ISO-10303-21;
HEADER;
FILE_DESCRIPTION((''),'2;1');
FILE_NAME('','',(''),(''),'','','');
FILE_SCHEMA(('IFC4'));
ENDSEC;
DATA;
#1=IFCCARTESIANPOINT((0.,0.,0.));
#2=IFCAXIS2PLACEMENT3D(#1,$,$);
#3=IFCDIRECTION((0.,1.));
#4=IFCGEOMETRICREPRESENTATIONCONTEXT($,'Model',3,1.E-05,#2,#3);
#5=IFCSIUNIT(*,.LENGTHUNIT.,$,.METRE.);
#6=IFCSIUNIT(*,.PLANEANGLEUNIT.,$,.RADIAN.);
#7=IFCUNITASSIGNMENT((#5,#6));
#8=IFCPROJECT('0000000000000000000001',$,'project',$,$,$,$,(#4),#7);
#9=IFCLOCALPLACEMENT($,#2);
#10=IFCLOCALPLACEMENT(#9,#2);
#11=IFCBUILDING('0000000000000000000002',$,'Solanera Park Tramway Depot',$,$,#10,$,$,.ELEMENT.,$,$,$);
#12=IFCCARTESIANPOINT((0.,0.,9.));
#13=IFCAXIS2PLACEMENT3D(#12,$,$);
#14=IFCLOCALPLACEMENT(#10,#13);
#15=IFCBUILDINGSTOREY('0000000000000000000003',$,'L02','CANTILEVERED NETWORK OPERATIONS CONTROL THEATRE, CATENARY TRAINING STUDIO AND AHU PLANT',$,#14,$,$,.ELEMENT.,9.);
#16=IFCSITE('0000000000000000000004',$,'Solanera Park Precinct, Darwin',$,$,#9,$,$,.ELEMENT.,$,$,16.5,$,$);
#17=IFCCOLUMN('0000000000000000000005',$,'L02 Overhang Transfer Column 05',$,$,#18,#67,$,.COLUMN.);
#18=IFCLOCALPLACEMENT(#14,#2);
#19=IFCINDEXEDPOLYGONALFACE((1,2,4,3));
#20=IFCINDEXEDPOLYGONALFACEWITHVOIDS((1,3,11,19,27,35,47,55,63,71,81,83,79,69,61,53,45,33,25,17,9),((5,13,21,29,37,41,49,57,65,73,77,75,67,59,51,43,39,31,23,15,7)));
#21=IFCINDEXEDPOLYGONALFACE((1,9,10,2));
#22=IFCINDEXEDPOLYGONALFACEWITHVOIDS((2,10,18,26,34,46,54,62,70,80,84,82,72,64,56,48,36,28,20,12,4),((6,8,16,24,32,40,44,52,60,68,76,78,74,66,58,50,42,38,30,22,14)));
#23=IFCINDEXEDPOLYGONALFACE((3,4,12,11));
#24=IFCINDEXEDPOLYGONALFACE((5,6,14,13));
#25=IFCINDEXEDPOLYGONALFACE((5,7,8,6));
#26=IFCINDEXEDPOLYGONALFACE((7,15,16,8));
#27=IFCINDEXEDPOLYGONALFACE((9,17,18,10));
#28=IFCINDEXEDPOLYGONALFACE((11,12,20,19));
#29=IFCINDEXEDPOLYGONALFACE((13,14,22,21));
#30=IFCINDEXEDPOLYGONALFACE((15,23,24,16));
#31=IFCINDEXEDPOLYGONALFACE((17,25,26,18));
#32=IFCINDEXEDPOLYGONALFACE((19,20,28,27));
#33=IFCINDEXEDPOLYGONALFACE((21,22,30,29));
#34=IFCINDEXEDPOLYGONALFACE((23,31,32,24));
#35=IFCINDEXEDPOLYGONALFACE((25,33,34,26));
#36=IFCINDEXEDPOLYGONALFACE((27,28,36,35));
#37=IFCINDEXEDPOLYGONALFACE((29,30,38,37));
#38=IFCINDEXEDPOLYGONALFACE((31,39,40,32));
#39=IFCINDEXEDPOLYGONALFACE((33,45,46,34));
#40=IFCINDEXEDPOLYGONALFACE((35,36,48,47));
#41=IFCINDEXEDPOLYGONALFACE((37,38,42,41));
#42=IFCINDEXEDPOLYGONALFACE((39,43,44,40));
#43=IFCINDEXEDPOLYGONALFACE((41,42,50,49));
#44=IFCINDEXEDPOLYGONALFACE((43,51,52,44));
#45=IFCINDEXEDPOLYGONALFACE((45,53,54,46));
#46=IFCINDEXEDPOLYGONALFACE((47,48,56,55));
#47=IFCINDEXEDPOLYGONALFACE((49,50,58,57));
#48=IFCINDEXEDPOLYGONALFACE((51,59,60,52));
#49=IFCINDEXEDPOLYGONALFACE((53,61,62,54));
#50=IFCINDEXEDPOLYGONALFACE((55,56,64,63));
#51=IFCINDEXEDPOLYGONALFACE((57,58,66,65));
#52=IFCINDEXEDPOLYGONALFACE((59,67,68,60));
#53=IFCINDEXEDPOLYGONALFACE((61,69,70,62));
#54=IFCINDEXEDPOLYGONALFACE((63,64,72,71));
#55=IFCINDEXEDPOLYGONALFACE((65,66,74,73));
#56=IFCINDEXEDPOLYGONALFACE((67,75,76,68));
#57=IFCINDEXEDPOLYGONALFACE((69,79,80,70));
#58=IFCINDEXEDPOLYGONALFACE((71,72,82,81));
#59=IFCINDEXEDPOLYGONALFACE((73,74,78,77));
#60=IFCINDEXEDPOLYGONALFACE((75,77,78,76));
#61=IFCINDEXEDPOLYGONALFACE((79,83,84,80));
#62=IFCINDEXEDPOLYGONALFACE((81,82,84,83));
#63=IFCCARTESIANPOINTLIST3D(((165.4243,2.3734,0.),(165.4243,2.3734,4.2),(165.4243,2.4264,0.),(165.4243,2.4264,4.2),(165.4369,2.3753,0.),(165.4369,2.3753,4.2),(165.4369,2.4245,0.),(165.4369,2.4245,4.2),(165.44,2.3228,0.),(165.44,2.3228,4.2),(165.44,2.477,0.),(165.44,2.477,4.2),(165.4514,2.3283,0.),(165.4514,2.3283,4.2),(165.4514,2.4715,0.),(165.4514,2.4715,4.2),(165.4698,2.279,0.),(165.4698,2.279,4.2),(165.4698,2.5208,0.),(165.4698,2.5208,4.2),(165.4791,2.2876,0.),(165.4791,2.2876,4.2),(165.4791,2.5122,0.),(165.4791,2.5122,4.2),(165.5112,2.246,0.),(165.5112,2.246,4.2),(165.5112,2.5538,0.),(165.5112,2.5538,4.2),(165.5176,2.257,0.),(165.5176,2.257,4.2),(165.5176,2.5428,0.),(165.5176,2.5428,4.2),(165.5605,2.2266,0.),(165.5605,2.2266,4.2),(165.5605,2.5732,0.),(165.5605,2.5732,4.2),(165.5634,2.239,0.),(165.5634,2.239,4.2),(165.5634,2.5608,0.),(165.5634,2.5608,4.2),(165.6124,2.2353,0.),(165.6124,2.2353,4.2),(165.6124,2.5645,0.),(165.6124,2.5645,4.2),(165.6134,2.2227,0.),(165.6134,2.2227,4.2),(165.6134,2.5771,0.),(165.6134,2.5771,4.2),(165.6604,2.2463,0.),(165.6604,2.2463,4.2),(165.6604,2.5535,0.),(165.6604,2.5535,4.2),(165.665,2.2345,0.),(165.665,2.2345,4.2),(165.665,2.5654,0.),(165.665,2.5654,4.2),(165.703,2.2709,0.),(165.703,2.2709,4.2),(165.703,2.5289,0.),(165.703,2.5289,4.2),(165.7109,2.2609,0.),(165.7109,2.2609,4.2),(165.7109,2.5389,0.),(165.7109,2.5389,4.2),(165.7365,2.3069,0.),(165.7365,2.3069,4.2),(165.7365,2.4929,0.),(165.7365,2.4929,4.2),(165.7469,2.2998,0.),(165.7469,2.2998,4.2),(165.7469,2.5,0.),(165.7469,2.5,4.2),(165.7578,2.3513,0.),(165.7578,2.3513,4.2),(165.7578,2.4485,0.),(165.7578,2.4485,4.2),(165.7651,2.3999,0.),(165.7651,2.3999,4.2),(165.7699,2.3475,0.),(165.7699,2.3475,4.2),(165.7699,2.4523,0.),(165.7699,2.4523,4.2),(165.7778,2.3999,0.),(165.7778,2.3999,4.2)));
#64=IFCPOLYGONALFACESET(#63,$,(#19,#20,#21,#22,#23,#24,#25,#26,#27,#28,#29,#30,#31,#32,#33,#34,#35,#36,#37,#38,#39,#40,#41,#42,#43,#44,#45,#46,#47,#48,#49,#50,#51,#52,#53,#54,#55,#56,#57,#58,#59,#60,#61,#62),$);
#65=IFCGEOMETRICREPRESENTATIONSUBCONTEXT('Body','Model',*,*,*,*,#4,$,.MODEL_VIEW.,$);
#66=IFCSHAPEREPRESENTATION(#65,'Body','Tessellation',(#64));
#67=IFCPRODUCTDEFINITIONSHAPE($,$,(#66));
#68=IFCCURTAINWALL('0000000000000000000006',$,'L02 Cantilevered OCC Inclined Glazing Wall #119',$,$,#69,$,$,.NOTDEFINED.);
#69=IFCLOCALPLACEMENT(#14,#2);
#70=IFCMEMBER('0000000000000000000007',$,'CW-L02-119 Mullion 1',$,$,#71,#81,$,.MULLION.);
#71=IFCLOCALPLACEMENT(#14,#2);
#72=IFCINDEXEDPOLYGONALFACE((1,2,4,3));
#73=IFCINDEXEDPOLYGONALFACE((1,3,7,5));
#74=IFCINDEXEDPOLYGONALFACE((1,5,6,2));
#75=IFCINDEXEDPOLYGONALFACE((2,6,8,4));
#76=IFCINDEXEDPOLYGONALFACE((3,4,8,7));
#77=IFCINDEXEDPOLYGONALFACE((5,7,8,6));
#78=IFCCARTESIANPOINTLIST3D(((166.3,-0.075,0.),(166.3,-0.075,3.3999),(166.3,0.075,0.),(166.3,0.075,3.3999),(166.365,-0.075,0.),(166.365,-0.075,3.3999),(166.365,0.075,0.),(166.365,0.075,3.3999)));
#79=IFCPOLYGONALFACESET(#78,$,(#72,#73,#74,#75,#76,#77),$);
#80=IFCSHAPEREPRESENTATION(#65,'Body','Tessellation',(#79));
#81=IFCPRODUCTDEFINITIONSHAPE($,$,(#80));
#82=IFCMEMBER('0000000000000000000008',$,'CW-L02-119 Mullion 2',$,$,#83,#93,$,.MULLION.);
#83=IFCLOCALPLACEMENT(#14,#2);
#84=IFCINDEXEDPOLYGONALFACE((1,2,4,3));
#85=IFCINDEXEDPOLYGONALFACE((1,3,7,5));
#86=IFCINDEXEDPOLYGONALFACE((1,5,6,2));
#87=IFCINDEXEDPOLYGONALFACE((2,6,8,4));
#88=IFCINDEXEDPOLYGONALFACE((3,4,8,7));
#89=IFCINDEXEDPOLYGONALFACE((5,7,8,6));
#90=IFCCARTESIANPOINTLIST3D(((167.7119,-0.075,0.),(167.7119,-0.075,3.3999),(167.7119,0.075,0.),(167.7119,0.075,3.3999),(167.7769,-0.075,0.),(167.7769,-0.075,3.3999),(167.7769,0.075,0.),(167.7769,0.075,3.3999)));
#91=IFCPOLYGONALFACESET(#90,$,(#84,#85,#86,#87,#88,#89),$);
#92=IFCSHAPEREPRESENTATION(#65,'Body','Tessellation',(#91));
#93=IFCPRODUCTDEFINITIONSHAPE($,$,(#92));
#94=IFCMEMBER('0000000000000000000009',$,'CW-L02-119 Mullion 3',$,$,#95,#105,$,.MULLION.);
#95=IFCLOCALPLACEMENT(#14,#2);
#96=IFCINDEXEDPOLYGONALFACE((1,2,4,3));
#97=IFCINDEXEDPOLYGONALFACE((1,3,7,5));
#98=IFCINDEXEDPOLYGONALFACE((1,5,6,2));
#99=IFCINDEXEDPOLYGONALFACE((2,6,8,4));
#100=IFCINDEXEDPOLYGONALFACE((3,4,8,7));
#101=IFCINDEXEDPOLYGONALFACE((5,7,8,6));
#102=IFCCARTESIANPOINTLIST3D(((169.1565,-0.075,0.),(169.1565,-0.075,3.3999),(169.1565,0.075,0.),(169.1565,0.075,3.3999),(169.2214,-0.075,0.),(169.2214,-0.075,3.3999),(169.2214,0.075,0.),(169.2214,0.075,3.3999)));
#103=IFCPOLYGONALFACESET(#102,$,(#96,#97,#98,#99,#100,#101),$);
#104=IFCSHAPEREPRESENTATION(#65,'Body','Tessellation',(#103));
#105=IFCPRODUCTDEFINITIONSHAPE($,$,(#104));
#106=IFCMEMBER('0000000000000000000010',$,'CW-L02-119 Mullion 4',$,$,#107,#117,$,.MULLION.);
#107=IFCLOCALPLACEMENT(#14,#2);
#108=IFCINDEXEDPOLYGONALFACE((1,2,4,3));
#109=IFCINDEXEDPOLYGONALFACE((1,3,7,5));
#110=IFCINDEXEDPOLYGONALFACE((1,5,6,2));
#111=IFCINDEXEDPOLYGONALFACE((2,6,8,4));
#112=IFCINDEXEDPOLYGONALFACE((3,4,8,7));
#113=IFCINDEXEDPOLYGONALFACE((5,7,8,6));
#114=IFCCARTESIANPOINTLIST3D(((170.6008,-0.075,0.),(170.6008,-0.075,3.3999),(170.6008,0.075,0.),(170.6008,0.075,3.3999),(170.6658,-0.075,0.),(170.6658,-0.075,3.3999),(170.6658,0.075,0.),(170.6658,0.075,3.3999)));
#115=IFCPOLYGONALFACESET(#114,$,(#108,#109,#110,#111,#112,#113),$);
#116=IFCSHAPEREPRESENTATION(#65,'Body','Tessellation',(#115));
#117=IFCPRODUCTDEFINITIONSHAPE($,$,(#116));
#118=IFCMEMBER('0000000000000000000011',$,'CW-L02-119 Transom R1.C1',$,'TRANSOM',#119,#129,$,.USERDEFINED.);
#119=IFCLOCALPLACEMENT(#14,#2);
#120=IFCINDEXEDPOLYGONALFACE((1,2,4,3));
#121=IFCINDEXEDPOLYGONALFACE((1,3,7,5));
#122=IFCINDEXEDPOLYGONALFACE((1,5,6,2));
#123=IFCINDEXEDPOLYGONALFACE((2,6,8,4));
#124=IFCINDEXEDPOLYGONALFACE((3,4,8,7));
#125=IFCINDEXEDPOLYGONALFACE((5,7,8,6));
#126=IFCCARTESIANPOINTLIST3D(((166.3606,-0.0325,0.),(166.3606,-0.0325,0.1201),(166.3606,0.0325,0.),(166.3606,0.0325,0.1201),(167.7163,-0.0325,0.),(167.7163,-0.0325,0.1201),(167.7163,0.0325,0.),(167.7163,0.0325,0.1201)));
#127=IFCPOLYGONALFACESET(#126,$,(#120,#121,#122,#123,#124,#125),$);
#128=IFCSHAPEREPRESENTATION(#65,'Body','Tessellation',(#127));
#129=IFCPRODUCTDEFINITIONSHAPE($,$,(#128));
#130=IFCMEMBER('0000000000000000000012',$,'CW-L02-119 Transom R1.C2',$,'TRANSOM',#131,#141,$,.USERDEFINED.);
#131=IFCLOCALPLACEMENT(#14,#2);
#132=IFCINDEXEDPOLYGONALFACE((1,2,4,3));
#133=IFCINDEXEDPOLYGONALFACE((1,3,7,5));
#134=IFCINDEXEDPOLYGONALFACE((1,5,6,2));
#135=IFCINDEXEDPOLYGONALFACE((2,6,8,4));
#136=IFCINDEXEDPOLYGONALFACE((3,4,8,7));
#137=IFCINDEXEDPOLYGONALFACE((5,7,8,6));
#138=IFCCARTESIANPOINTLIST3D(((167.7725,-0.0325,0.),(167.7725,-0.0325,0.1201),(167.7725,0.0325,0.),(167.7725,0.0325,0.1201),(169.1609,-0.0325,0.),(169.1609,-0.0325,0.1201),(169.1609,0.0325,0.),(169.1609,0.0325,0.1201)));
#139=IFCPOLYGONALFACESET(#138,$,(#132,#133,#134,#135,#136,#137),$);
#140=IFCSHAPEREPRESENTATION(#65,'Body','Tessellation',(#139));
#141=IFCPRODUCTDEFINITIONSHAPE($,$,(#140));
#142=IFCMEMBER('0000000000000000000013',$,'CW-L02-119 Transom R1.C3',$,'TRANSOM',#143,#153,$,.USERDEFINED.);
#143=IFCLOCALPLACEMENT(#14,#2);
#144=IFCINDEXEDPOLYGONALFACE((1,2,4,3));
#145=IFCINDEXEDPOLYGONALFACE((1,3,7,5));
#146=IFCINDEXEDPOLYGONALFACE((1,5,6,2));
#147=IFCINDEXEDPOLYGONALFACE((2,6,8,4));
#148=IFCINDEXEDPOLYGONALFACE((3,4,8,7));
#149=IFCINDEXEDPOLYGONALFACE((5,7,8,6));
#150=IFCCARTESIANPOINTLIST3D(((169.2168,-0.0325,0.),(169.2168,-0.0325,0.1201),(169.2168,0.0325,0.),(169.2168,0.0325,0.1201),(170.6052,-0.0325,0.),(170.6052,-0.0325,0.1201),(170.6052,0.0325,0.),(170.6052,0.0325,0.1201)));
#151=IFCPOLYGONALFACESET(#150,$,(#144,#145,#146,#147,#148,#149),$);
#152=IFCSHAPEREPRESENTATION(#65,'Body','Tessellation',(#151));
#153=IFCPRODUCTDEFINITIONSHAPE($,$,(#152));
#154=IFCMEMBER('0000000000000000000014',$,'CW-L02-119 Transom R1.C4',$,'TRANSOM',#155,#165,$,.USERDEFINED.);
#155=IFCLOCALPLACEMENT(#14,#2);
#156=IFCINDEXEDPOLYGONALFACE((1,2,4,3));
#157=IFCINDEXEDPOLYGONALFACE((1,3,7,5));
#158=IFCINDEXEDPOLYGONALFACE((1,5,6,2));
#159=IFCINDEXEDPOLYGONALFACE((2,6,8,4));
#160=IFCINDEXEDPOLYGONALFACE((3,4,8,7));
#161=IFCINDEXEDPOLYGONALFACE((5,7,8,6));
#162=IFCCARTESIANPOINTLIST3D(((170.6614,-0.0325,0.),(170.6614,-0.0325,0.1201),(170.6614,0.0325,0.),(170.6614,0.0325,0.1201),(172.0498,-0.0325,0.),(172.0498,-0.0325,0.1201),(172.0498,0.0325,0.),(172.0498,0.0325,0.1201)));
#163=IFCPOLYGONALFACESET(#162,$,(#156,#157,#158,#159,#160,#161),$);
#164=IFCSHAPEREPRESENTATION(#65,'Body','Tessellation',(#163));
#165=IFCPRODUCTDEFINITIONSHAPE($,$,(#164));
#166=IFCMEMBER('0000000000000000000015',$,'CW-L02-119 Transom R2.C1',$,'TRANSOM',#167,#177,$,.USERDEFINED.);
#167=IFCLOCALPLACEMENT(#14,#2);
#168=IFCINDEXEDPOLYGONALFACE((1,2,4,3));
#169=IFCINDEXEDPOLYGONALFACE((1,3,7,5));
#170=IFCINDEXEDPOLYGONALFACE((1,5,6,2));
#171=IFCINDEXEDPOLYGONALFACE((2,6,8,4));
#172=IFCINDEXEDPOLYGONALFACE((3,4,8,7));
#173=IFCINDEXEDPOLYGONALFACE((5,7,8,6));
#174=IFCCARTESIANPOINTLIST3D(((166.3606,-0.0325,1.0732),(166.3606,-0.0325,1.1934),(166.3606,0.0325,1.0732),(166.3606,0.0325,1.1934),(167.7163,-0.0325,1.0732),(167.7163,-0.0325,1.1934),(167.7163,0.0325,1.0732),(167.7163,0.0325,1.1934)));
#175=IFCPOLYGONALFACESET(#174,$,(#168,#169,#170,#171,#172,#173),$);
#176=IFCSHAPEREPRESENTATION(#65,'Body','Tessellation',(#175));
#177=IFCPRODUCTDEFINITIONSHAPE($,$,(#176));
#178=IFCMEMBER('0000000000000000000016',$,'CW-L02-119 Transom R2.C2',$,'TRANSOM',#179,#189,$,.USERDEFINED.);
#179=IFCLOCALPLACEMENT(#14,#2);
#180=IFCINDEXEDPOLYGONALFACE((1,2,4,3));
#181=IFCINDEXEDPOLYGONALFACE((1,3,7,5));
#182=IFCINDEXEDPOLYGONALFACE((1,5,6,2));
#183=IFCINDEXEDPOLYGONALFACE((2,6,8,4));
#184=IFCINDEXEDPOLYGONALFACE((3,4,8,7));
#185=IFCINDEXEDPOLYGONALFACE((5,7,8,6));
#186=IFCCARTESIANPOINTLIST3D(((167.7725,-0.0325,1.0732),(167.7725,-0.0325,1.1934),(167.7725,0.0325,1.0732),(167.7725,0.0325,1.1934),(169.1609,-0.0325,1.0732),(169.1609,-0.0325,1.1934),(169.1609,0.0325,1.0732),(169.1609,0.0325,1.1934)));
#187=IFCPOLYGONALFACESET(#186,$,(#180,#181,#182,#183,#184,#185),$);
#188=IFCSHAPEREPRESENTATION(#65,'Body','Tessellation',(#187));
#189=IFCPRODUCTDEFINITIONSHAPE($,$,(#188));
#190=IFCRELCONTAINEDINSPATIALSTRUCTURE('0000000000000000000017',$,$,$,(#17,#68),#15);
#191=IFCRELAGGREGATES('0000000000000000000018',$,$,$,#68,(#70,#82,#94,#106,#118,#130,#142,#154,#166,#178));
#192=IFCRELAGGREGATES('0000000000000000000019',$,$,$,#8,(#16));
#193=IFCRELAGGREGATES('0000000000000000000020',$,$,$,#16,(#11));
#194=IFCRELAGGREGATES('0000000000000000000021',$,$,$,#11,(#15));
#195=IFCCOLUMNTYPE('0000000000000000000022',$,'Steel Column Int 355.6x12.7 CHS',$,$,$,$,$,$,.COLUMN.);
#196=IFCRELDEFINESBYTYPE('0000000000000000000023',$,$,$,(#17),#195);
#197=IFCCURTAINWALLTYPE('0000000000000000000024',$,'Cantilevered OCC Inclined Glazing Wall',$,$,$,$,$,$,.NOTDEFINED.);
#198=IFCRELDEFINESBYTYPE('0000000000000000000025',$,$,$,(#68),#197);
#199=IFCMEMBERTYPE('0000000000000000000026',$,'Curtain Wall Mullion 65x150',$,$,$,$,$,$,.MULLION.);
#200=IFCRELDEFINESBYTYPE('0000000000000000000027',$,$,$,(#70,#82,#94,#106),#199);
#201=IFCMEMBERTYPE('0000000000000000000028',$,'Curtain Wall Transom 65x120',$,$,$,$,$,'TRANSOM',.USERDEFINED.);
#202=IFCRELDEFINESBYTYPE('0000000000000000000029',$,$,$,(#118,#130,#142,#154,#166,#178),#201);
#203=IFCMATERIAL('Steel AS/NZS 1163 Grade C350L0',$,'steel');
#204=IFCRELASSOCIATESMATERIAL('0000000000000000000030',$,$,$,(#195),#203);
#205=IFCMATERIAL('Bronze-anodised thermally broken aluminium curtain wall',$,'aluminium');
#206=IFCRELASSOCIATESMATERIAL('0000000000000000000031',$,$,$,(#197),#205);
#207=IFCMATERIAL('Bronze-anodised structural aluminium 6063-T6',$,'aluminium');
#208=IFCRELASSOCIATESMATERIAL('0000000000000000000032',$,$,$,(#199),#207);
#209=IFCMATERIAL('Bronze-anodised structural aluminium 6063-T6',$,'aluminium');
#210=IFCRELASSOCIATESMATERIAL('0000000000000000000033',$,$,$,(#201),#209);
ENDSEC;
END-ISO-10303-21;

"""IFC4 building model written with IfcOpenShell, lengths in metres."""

from ifc_helpers import new_model, si_unit, direction, frame, origin, origin_2d, place, context, subcontext, project, spatial, rectangle, hollow_circle, extrude, material, material_profile, profile_set, type_object, element, aggregate, save


model = new_model("IFC4")

# Units and contexts
model_context = context("Model", 3, precision=1e-05, world=origin(), true_north=direction((0.0, 1.0)))
body_context = subcontext(model_context, "Body", "Model", "MODEL_VIEW")
ifc_project = project(units=[si_unit("LENGTHUNIT", "METRE"), si_unit("PLANEANGLEUNIT", "RADIAN")], contexts=[model_context])

# Site, building, storey
site_placement = place(None, origin())
site = spatial("IfcSite", under=ifc_project, at=site_placement, Name="Solanera Park Precinct, Darwin", CompositionType="ELEMENT", RefElevation=16.5)
building_placement = place(site_placement, origin())
building = spatial("IfcBuilding", under=site, at=building_placement, Name="Solanera Park Tramway Depot", CompositionType="ELEMENT")
storey_placement = place(building_placement, frame((0.0, 0.0, 9.0)))
storey = spatial("IfcBuildingStorey", under=building, at=storey_placement, Name="L02", Description="CANTILEVERED NETWORK OPERATIONS CONTROL THEATRE, CATENARY TRAINING STUDIO AND AHU PLANT", CompositionType="ELEMENT", Elevation=9.0)

# Column
ifc_material_1 = material(Name="Steel AS/NZS 1163 Grade C350L0", Category="steel")
ifc_material_profile_1 = material_profile(ifc_material_1, hollow_circle(Radius=0.1777, WallThickness=0.0127, at=origin_2d()), Name="355.6x12.7 CHS")
ifc_profile_set_1 = profile_set([ifc_material_profile_1], Name="Steel AS/NZS 1163 Grade C350L0")
column_type = type_object("IfcColumnType", Name="Steel Column Int 355.6x12.7 CHS", PredefinedType="COLUMN", material=ifc_profile_set_1)
column_placement = place(storey_placement, frame((165.6001, 2.3999, 0.0), z_axis=(0.0, 0.0, 1.0), x_axis=(1.0, 0.0, 0.0)))
element("IfcColumn", 1, at=column_placement, inside=storey, type_object=column_type, Name="L02 Overhang Transfer Column 05", PredefinedType="COLUMN", context=body_context, shape_type="SweptSolid", body=[
    extrude(hollow_circle(Radius=0.1777, WallThickness=0.0127, at=origin_2d()), origin(), (0.0, 0.0, 1.0), 4.2),
])

# Curtain wall, members
ifc_material_2 = material(Name="Bronze-anodised thermally broken aluminium curtain wall", Category="aluminium")
curtain_wall_type = type_object("IfcCurtainWallType", Name="Cantilevered OCC Inclined Glazing Wall", PredefinedType="NOTDEFINED", material=ifc_material_2)
curtain_wall_placement = place(storey_placement, origin())
curtain_wall = element("IfcCurtainWall", 2, at=curtain_wall_placement, inside=storey, type_object=curtain_wall_type, Name="L02 Cantilevered OCC Inclined Glazing Wall #119", PredefinedType="NOTDEFINED")
ifc_material_3 = material(Name="Bronze-anodised structural aluminium 6063-T6", Category="aluminium")
ifc_material_profile_2 = material_profile(ifc_material_3, rectangle(XDim=0.0649, YDim=0.1499, at=origin_2d()), Name="Curtain Wall Mullion 65x150")
ifc_profile_set_2 = profile_set([ifc_material_profile_2], Name="Bronze-anodised structural aluminium 6063-T6")
member_type_1 = type_object("IfcMemberType", Name="Curtain Wall Mullion 65x150", PredefinedType="MULLION", material=ifc_profile_set_2)
member_1_placement = place(storey_placement, frame((166.3325, 0.0, 0.0), z_axis=(0.0, 0.0, 1.0), x_axis=(1.0, 0.0, 0.0)))
member_1 = element("IfcMember", 3, at=member_1_placement, type_object=member_type_1, Name="CW-L02-119 Mullion 1", PredefinedType="MULLION", context=body_context, shape_type="SweptSolid", body=[
    extrude(rectangle(XDim=0.0649, YDim=0.1499, at=origin_2d()), origin(), (0.0, 0.0, 1.0), 3.3999),
])
member_2_placement = place(storey_placement, frame((167.7444, 0.0, 0.0), z_axis=(0.0, 0.0, 1.0), x_axis=(1.0, 0.0, 0.0)))
member_2 = element("IfcMember", 4, at=member_2_placement, type_object=member_type_1, Name="CW-L02-119 Mullion 2", PredefinedType="MULLION", context=body_context, shape_type="SweptSolid", body=[
    extrude(rectangle(XDim=0.0649, YDim=0.1499, at=origin_2d()), origin(), (0.0, 0.0, 1.0), 3.3999),
])
member_3_placement = place(storey_placement, frame((169.189, 0.0, 0.0), z_axis=(0.0, 0.0, 1.0), x_axis=(1.0, 0.0, 0.0)))
member_3 = element("IfcMember", 5, at=member_3_placement, type_object=member_type_1, Name="CW-L02-119 Mullion 3", PredefinedType="MULLION", context=body_context, shape_type="SweptSolid", body=[
    extrude(rectangle(XDim=0.0649, YDim=0.1499, at=origin_2d()), origin(), (0.0, 0.0, 1.0), 3.3999),
])
member_4_placement = place(storey_placement, frame((170.6333, 0.0, 0.0), z_axis=(0.0, 0.0, 1.0), x_axis=(1.0, 0.0, 0.0)))
member_4 = element("IfcMember", 6, at=member_4_placement, type_object=member_type_1, Name="CW-L02-119 Mullion 4", PredefinedType="MULLION", context=body_context, shape_type="SweptSolid", body=[
    extrude(rectangle(XDim=0.0649, YDim=0.1499, at=origin_2d()), origin(), (0.0, 0.0, 1.0), 3.3999),
])
ifc_material_4 = material(Name="Bronze-anodised structural aluminium 6063-T6", Category="aluminium")
ifc_material_profile_3 = material_profile(ifc_material_4, rectangle(XDim=0.0649, YDim=0.1201, at=origin_2d()), Name="Curtain Wall Transom 65x120")
ifc_profile_set_3 = profile_set([ifc_material_profile_3], Name="Bronze-anodised structural aluminium 6063-T6")
member_type_2 = type_object("IfcMemberType", Name="Curtain Wall Transom 65x120", ElementType="TRANSOM", PredefinedType="USERDEFINED", material=ifc_profile_set_3)
member_5_placement = place(storey_placement, frame((166.3606, 0.0, 0.0601), z_axis=(1.0, 0.0, 0.0), x_axis=(0.0, 1.0, 0.0)))
member_5 = element("IfcMember", 7, at=member_5_placement, type_object=member_type_2, Name="CW-L02-119 Transom R1.C1", ObjectType="TRANSOM", PredefinedType="USERDEFINED", context=body_context, shape_type="SweptSolid", body=[
    extrude(rectangle(XDim=0.0649, YDim=0.1201, at=origin_2d()), origin(), (0.0, 0.0, 1.0), 1.3557),
])
member_6_placement = place(storey_placement, frame((167.7725, 0.0, 0.0601), z_axis=(1.0, 0.0, 0.0), x_axis=(0.0, 1.0, 0.0)))
member_6 = element("IfcMember", 8, at=member_6_placement, type_object=member_type_2, Name="CW-L02-119 Transom R1.C2", ObjectType="TRANSOM", PredefinedType="USERDEFINED", context=body_context, shape_type="SweptSolid", body=[
    extrude(rectangle(XDim=0.0649, YDim=0.1201, at=origin_2d()), origin(), (0.0, 0.0, 1.0), 1.3884),
])
member_7_placement = place(storey_placement, frame((169.2168, 0.0, 0.0601), z_axis=(1.0, 0.0, 0.0), x_axis=(0.0, 1.0, 0.0)))
member_7 = element("IfcMember", 9, at=member_7_placement, type_object=member_type_2, Name="CW-L02-119 Transom R1.C3", ObjectType="TRANSOM", PredefinedType="USERDEFINED", context=body_context, shape_type="SweptSolid", body=[
    extrude(rectangle(XDim=0.0649, YDim=0.1201, at=origin_2d()), origin(), (0.0, 0.0, 1.0), 1.3884),
])
member_8_placement = place(storey_placement, frame((170.6614, 0.0, 0.0601), z_axis=(1.0, 0.0, 0.0), x_axis=(0.0, 1.0, 0.0)))
member_8 = element("IfcMember", 10, at=member_8_placement, type_object=member_type_2, Name="CW-L02-119 Transom R1.C4", ObjectType="TRANSOM", PredefinedType="USERDEFINED", context=body_context, shape_type="SweptSolid", body=[
    extrude(rectangle(XDim=0.0649, YDim=0.1201, at=origin_2d()), origin(), (0.0, 0.0, 1.0), 1.3884),
])
member_9_placement = place(storey_placement, frame((166.3606, 0.0, 1.1333), z_axis=(1.0, 0.0, 0.0), x_axis=(0.0, 1.0, 0.0)))
member_9 = element("IfcMember", 11, at=member_9_placement, type_object=member_type_2, Name="CW-L02-119 Transom R2.C1", ObjectType="TRANSOM", PredefinedType="USERDEFINED", context=body_context, shape_type="SweptSolid", body=[
    extrude(rectangle(XDim=0.0649, YDim=0.1201, at=origin_2d()), origin(), (0.0, 0.0, 1.0), 1.3557),
])
member_10_placement = place(storey_placement, frame((167.7725, 0.0, 1.1333), z_axis=(1.0, 0.0, 0.0), x_axis=(0.0, 1.0, 0.0)))
member_10 = element("IfcMember", 12, at=member_10_placement, type_object=member_type_2, Name="CW-L02-119 Transom R2.C2", ObjectType="TRANSOM", PredefinedType="USERDEFINED", context=body_context, shape_type="SweptSolid", body=[
    extrude(rectangle(XDim=0.0649, YDim=0.1201, at=origin_2d()), origin(), (0.0, 0.0, 1.0), 1.3884),
])

aggregate(curtain_wall, [member_1, member_2, member_3, member_4, member_5, member_6, member_7, member_8, member_9, member_10])

save(model, "model.ifc")
